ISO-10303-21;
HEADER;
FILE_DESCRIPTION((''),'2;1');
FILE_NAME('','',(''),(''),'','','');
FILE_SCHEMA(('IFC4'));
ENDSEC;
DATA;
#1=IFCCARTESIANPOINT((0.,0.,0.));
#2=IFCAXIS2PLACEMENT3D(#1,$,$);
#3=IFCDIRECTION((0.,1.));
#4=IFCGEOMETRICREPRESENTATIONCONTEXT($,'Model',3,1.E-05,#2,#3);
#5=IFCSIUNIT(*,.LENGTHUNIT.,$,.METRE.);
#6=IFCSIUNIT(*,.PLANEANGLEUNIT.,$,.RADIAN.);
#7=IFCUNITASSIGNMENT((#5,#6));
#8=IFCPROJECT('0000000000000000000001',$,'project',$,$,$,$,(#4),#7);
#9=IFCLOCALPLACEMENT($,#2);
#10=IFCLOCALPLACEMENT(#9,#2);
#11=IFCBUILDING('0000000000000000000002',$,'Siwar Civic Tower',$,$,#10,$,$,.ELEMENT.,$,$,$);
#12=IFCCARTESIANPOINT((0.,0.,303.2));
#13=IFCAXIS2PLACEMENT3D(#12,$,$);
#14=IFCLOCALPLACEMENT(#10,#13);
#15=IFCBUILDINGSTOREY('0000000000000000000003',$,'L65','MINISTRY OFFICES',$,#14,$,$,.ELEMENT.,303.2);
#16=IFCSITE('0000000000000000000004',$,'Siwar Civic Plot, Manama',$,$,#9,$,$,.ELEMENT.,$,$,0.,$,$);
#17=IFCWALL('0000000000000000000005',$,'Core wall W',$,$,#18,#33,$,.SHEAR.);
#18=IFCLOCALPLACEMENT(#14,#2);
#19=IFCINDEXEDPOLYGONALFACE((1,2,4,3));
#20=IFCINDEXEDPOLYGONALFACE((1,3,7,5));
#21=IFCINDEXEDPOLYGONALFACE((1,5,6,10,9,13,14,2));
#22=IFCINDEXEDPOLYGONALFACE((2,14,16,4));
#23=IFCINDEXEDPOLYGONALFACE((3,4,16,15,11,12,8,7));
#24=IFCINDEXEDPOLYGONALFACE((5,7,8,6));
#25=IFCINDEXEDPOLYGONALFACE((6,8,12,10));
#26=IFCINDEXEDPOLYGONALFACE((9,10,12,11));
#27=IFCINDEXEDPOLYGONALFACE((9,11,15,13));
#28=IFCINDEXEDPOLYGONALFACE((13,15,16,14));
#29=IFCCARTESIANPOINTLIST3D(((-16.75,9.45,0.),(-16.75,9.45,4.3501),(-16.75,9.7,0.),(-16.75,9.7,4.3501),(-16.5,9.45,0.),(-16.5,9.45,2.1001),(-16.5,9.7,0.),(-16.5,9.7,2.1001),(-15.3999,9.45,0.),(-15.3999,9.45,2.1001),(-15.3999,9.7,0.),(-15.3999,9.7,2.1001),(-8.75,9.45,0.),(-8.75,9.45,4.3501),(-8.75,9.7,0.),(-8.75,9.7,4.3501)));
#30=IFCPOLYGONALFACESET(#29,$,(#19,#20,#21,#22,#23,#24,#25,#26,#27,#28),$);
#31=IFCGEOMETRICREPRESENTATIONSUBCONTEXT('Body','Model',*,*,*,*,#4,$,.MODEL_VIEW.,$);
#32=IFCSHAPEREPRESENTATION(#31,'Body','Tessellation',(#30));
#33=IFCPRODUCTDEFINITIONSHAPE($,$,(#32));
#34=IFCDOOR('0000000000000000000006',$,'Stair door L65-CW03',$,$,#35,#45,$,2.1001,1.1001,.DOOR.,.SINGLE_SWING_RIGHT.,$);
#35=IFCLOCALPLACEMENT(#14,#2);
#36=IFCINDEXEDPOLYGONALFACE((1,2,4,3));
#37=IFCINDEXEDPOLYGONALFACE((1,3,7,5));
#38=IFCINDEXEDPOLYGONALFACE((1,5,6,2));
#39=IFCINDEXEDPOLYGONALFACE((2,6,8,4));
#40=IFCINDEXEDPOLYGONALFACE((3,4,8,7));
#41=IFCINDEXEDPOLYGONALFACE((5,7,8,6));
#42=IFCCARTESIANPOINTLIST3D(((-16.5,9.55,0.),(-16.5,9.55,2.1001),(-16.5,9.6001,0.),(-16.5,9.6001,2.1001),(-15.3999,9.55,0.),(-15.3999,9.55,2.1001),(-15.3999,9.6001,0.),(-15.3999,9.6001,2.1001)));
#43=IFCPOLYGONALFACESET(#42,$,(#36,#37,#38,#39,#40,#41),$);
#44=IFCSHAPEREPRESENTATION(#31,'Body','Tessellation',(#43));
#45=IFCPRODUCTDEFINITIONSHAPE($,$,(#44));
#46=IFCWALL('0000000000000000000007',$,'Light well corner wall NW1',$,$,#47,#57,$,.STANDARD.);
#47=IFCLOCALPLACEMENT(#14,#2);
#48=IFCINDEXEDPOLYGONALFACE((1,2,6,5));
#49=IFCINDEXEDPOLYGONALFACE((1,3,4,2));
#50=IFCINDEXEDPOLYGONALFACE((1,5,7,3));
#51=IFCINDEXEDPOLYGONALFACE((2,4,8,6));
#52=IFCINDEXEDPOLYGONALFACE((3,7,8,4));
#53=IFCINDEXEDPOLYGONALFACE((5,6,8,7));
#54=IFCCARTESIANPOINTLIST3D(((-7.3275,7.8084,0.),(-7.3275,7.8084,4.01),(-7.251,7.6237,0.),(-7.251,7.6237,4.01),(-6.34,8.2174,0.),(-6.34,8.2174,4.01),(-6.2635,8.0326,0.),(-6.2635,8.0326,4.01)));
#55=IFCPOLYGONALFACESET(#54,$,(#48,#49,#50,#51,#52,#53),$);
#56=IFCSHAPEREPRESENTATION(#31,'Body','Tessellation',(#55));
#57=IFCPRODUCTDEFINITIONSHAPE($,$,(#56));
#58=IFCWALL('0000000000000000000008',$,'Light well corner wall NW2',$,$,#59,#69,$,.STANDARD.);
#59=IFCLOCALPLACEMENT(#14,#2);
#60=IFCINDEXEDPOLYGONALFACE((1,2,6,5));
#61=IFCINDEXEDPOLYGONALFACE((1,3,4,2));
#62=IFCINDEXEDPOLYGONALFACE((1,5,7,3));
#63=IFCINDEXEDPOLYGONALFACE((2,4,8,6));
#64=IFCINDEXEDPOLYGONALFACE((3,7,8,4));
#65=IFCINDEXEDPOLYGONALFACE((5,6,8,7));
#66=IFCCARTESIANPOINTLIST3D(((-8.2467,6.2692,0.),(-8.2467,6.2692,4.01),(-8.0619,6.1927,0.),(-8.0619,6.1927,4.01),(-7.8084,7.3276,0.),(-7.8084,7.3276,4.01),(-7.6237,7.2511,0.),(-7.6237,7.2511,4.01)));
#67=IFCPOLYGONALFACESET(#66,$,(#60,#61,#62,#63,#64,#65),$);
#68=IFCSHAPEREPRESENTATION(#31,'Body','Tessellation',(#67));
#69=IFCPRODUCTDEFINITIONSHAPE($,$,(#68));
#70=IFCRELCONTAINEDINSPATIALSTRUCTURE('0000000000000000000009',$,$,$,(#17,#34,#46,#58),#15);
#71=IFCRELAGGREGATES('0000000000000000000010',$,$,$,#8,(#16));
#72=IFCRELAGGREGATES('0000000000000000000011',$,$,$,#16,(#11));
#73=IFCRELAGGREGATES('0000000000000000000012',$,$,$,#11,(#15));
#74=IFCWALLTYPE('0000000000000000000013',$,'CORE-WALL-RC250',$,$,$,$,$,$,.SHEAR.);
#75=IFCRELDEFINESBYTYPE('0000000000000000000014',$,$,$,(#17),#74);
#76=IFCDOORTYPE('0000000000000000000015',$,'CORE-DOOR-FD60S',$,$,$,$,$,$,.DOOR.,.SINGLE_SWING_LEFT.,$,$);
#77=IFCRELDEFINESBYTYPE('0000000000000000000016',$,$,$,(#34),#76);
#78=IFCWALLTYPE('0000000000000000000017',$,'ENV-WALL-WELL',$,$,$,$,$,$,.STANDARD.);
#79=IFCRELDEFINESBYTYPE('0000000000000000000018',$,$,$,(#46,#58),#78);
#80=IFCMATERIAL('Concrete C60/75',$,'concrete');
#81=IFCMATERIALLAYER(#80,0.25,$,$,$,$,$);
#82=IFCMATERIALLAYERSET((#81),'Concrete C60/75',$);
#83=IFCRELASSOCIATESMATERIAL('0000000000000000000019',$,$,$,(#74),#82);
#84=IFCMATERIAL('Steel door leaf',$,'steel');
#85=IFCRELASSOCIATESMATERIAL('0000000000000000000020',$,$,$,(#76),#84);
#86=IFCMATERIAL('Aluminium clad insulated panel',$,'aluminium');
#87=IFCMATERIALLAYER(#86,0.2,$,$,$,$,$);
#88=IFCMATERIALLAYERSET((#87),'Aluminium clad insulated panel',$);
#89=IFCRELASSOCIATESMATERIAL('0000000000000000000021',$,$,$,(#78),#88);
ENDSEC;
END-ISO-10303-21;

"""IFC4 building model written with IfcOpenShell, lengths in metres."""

from ifc_helpers import new_model, si_unit, direction, frame, frame_2d, origin, place, context, subcontext, project, spatial, rectangle, extrude, material, layer, layer_set, type_object, element, fill, save


model = new_model("IFC4")

# Units and contexts
model_context = context("Model", 3, precision=1e-05, world=origin(), true_north=direction((0.0, 1.0)))
body_context = subcontext(model_context, "Body", "Model", "MODEL_VIEW")
ifc_project = project(units=[si_unit("LENGTHUNIT", "METRE"), si_unit("PLANEANGLEUNIT", "RADIAN")], contexts=[model_context])

# Site, building, storey
site_placement = place(None, origin())
site = spatial("IfcSite", under=ifc_project, at=site_placement, Name="Siwar Civic Plot, Manama", CompositionType="ELEMENT", RefElevation=0.0)
building_placement = place(site_placement, origin())
building = spatial("IfcBuilding", under=site, at=building_placement, Name="Siwar Civic Tower", CompositionType="ELEMENT")
storey_placement = place(building_placement, frame((0.0, 0.0, 303.2)))
storey = spatial("IfcBuildingStorey", under=building, at=storey_placement, Name="L65", Description="MINISTRY OFFICES", CompositionType="ELEMENT", Elevation=303.2)

# Shared definitions
ifc_material_1 = material(Name="Concrete C60/75", Category="concrete")
ifc_layer_1 = layer(ifc_material_1, 0.25)
ifc_layer_set_1 = layer_set([ifc_layer_1], Name="Concrete C60/75")
wall_type_1 = type_object("IfcWallType", Name="CORE-WALL-RC250", PredefinedType="SHEAR", material=ifc_layer_set_1)

# Wall, opening, door
wall_1_placement = place(storey_placement, frame((-8.75, 9.575, 0.0), z_axis=(0.0, 0.0, 1.0), x_axis=(-1.0, 0.0, 0.0)))
wall_1 = element("IfcWall", 1, at=wall_1_placement, inside=storey, type_object=wall_type_1, Name="Core wall W", PredefinedType="SHEAR", context=body_context, shape_type="SweptSolid", body=[
    extrude(rectangle(XDim=8.0, YDim=0.25, at=frame_2d((4.0, 0.0))), origin(), (0.0, 0.0, 1.0), 4.3501),
])
opening_1_placement = place(wall_1_placement, frame((6.6499, 0.0, 0.0)))
opening_1 = element("IfcOpeningElement", 2, at=opening_1_placement, cuts=wall_1, PredefinedType="OPENING", context=body_context, shape_type="SweptSolid", body=[
    extrude(rectangle(XDim=1.1001, YDim=2.1001, at=frame_2d((0.55, 1.05))), frame((0.0, 0.135, 0.0), z_axis=(0.0, -1.0, 0.0), x_axis=(1.0, 0.0, 0.0)), (0.0, 0.0, 1.0), 0.27),
])
ifc_material_2 = material(Name="Steel door leaf", Category="steel")
door_type_1 = type_object("IfcDoorType", Name="CORE-DOOR-FD60S", OperationType="SINGLE_SWING_LEFT", PredefinedType="DOOR", material=ifc_material_2)
door_1_placement = place(opening_1_placement, origin())
door_1 = element("IfcDoor", 3, at=door_1_placement, inside=storey, type_object=door_type_1, Name="Stair door L65-CW03", OperationType="SINGLE_SWING_RIGHT", OverallHeight=2.1001, OverallWidth=1.1001, PredefinedType="DOOR", context=body_context, shape_type="SweptSolid", body=[
    extrude(rectangle(XDim=1.1001, YDim=2.1001, at=frame_2d((0.55, 1.05))), frame((0.0, 0.0249, 0.0), z_axis=(0.0, -1.0, 0.0), x_axis=(1.0, 0.0, 0.0)), (0.0, 0.0, 1.0), 0.05),
])
fill(opening_1, door_1)

# Walls
ifc_material_3 = material(Name="Aluminium clad insulated panel", Category="aluminium")
ifc_layer_2 = layer(ifc_material_3, 0.2)
ifc_layer_set_2 = layer_set([ifc_layer_2], Name="Aluminium clad insulated panel")
wall_type_2 = type_object("IfcWallType", Name="ENV-WALL-WELL", PredefinedType="STANDARD", material=ifc_layer_set_2)
wall_2_placement = place(storey_placement, frame((-6.3018, 8.125, 0.0), z_axis=(0.0, 0.0, 1.0), x_axis=(-0.923919, -0.382587, 0.0)))
element("IfcWall", 4, at=wall_2_placement, inside=storey, type_object=wall_type_2, Name="Light well corner wall NW1", PredefinedType="STANDARD", context=body_context, shape_type="SweptSolid", body=[
    extrude(rectangle(XDim=1.0688, YDim=0.2, at=frame_2d((0.5344, 0.0))), origin(), (0.0, 0.0, 1.0), 4.01),
])
wall_3_placement = place(storey_placement, frame((-7.7161, 7.2893, 0.0), z_axis=(0.0, 0.0, 1.0), x_axis=(-0.382571, -0.923926, 0.0)))
element("IfcWall", 5, at=wall_3_placement, inside=storey, type_object=wall_type_2, Name="Light well corner wall NW2", PredefinedType="STANDARD", context=body_context, shape_type="SweptSolid", body=[
    extrude(rectangle(XDim=1.1455, YDim=0.2, at=frame_2d((0.5728, 0.0))), origin(), (0.0, 0.0, 1.0), 4.01),
])

save(model, "model.ifc")
